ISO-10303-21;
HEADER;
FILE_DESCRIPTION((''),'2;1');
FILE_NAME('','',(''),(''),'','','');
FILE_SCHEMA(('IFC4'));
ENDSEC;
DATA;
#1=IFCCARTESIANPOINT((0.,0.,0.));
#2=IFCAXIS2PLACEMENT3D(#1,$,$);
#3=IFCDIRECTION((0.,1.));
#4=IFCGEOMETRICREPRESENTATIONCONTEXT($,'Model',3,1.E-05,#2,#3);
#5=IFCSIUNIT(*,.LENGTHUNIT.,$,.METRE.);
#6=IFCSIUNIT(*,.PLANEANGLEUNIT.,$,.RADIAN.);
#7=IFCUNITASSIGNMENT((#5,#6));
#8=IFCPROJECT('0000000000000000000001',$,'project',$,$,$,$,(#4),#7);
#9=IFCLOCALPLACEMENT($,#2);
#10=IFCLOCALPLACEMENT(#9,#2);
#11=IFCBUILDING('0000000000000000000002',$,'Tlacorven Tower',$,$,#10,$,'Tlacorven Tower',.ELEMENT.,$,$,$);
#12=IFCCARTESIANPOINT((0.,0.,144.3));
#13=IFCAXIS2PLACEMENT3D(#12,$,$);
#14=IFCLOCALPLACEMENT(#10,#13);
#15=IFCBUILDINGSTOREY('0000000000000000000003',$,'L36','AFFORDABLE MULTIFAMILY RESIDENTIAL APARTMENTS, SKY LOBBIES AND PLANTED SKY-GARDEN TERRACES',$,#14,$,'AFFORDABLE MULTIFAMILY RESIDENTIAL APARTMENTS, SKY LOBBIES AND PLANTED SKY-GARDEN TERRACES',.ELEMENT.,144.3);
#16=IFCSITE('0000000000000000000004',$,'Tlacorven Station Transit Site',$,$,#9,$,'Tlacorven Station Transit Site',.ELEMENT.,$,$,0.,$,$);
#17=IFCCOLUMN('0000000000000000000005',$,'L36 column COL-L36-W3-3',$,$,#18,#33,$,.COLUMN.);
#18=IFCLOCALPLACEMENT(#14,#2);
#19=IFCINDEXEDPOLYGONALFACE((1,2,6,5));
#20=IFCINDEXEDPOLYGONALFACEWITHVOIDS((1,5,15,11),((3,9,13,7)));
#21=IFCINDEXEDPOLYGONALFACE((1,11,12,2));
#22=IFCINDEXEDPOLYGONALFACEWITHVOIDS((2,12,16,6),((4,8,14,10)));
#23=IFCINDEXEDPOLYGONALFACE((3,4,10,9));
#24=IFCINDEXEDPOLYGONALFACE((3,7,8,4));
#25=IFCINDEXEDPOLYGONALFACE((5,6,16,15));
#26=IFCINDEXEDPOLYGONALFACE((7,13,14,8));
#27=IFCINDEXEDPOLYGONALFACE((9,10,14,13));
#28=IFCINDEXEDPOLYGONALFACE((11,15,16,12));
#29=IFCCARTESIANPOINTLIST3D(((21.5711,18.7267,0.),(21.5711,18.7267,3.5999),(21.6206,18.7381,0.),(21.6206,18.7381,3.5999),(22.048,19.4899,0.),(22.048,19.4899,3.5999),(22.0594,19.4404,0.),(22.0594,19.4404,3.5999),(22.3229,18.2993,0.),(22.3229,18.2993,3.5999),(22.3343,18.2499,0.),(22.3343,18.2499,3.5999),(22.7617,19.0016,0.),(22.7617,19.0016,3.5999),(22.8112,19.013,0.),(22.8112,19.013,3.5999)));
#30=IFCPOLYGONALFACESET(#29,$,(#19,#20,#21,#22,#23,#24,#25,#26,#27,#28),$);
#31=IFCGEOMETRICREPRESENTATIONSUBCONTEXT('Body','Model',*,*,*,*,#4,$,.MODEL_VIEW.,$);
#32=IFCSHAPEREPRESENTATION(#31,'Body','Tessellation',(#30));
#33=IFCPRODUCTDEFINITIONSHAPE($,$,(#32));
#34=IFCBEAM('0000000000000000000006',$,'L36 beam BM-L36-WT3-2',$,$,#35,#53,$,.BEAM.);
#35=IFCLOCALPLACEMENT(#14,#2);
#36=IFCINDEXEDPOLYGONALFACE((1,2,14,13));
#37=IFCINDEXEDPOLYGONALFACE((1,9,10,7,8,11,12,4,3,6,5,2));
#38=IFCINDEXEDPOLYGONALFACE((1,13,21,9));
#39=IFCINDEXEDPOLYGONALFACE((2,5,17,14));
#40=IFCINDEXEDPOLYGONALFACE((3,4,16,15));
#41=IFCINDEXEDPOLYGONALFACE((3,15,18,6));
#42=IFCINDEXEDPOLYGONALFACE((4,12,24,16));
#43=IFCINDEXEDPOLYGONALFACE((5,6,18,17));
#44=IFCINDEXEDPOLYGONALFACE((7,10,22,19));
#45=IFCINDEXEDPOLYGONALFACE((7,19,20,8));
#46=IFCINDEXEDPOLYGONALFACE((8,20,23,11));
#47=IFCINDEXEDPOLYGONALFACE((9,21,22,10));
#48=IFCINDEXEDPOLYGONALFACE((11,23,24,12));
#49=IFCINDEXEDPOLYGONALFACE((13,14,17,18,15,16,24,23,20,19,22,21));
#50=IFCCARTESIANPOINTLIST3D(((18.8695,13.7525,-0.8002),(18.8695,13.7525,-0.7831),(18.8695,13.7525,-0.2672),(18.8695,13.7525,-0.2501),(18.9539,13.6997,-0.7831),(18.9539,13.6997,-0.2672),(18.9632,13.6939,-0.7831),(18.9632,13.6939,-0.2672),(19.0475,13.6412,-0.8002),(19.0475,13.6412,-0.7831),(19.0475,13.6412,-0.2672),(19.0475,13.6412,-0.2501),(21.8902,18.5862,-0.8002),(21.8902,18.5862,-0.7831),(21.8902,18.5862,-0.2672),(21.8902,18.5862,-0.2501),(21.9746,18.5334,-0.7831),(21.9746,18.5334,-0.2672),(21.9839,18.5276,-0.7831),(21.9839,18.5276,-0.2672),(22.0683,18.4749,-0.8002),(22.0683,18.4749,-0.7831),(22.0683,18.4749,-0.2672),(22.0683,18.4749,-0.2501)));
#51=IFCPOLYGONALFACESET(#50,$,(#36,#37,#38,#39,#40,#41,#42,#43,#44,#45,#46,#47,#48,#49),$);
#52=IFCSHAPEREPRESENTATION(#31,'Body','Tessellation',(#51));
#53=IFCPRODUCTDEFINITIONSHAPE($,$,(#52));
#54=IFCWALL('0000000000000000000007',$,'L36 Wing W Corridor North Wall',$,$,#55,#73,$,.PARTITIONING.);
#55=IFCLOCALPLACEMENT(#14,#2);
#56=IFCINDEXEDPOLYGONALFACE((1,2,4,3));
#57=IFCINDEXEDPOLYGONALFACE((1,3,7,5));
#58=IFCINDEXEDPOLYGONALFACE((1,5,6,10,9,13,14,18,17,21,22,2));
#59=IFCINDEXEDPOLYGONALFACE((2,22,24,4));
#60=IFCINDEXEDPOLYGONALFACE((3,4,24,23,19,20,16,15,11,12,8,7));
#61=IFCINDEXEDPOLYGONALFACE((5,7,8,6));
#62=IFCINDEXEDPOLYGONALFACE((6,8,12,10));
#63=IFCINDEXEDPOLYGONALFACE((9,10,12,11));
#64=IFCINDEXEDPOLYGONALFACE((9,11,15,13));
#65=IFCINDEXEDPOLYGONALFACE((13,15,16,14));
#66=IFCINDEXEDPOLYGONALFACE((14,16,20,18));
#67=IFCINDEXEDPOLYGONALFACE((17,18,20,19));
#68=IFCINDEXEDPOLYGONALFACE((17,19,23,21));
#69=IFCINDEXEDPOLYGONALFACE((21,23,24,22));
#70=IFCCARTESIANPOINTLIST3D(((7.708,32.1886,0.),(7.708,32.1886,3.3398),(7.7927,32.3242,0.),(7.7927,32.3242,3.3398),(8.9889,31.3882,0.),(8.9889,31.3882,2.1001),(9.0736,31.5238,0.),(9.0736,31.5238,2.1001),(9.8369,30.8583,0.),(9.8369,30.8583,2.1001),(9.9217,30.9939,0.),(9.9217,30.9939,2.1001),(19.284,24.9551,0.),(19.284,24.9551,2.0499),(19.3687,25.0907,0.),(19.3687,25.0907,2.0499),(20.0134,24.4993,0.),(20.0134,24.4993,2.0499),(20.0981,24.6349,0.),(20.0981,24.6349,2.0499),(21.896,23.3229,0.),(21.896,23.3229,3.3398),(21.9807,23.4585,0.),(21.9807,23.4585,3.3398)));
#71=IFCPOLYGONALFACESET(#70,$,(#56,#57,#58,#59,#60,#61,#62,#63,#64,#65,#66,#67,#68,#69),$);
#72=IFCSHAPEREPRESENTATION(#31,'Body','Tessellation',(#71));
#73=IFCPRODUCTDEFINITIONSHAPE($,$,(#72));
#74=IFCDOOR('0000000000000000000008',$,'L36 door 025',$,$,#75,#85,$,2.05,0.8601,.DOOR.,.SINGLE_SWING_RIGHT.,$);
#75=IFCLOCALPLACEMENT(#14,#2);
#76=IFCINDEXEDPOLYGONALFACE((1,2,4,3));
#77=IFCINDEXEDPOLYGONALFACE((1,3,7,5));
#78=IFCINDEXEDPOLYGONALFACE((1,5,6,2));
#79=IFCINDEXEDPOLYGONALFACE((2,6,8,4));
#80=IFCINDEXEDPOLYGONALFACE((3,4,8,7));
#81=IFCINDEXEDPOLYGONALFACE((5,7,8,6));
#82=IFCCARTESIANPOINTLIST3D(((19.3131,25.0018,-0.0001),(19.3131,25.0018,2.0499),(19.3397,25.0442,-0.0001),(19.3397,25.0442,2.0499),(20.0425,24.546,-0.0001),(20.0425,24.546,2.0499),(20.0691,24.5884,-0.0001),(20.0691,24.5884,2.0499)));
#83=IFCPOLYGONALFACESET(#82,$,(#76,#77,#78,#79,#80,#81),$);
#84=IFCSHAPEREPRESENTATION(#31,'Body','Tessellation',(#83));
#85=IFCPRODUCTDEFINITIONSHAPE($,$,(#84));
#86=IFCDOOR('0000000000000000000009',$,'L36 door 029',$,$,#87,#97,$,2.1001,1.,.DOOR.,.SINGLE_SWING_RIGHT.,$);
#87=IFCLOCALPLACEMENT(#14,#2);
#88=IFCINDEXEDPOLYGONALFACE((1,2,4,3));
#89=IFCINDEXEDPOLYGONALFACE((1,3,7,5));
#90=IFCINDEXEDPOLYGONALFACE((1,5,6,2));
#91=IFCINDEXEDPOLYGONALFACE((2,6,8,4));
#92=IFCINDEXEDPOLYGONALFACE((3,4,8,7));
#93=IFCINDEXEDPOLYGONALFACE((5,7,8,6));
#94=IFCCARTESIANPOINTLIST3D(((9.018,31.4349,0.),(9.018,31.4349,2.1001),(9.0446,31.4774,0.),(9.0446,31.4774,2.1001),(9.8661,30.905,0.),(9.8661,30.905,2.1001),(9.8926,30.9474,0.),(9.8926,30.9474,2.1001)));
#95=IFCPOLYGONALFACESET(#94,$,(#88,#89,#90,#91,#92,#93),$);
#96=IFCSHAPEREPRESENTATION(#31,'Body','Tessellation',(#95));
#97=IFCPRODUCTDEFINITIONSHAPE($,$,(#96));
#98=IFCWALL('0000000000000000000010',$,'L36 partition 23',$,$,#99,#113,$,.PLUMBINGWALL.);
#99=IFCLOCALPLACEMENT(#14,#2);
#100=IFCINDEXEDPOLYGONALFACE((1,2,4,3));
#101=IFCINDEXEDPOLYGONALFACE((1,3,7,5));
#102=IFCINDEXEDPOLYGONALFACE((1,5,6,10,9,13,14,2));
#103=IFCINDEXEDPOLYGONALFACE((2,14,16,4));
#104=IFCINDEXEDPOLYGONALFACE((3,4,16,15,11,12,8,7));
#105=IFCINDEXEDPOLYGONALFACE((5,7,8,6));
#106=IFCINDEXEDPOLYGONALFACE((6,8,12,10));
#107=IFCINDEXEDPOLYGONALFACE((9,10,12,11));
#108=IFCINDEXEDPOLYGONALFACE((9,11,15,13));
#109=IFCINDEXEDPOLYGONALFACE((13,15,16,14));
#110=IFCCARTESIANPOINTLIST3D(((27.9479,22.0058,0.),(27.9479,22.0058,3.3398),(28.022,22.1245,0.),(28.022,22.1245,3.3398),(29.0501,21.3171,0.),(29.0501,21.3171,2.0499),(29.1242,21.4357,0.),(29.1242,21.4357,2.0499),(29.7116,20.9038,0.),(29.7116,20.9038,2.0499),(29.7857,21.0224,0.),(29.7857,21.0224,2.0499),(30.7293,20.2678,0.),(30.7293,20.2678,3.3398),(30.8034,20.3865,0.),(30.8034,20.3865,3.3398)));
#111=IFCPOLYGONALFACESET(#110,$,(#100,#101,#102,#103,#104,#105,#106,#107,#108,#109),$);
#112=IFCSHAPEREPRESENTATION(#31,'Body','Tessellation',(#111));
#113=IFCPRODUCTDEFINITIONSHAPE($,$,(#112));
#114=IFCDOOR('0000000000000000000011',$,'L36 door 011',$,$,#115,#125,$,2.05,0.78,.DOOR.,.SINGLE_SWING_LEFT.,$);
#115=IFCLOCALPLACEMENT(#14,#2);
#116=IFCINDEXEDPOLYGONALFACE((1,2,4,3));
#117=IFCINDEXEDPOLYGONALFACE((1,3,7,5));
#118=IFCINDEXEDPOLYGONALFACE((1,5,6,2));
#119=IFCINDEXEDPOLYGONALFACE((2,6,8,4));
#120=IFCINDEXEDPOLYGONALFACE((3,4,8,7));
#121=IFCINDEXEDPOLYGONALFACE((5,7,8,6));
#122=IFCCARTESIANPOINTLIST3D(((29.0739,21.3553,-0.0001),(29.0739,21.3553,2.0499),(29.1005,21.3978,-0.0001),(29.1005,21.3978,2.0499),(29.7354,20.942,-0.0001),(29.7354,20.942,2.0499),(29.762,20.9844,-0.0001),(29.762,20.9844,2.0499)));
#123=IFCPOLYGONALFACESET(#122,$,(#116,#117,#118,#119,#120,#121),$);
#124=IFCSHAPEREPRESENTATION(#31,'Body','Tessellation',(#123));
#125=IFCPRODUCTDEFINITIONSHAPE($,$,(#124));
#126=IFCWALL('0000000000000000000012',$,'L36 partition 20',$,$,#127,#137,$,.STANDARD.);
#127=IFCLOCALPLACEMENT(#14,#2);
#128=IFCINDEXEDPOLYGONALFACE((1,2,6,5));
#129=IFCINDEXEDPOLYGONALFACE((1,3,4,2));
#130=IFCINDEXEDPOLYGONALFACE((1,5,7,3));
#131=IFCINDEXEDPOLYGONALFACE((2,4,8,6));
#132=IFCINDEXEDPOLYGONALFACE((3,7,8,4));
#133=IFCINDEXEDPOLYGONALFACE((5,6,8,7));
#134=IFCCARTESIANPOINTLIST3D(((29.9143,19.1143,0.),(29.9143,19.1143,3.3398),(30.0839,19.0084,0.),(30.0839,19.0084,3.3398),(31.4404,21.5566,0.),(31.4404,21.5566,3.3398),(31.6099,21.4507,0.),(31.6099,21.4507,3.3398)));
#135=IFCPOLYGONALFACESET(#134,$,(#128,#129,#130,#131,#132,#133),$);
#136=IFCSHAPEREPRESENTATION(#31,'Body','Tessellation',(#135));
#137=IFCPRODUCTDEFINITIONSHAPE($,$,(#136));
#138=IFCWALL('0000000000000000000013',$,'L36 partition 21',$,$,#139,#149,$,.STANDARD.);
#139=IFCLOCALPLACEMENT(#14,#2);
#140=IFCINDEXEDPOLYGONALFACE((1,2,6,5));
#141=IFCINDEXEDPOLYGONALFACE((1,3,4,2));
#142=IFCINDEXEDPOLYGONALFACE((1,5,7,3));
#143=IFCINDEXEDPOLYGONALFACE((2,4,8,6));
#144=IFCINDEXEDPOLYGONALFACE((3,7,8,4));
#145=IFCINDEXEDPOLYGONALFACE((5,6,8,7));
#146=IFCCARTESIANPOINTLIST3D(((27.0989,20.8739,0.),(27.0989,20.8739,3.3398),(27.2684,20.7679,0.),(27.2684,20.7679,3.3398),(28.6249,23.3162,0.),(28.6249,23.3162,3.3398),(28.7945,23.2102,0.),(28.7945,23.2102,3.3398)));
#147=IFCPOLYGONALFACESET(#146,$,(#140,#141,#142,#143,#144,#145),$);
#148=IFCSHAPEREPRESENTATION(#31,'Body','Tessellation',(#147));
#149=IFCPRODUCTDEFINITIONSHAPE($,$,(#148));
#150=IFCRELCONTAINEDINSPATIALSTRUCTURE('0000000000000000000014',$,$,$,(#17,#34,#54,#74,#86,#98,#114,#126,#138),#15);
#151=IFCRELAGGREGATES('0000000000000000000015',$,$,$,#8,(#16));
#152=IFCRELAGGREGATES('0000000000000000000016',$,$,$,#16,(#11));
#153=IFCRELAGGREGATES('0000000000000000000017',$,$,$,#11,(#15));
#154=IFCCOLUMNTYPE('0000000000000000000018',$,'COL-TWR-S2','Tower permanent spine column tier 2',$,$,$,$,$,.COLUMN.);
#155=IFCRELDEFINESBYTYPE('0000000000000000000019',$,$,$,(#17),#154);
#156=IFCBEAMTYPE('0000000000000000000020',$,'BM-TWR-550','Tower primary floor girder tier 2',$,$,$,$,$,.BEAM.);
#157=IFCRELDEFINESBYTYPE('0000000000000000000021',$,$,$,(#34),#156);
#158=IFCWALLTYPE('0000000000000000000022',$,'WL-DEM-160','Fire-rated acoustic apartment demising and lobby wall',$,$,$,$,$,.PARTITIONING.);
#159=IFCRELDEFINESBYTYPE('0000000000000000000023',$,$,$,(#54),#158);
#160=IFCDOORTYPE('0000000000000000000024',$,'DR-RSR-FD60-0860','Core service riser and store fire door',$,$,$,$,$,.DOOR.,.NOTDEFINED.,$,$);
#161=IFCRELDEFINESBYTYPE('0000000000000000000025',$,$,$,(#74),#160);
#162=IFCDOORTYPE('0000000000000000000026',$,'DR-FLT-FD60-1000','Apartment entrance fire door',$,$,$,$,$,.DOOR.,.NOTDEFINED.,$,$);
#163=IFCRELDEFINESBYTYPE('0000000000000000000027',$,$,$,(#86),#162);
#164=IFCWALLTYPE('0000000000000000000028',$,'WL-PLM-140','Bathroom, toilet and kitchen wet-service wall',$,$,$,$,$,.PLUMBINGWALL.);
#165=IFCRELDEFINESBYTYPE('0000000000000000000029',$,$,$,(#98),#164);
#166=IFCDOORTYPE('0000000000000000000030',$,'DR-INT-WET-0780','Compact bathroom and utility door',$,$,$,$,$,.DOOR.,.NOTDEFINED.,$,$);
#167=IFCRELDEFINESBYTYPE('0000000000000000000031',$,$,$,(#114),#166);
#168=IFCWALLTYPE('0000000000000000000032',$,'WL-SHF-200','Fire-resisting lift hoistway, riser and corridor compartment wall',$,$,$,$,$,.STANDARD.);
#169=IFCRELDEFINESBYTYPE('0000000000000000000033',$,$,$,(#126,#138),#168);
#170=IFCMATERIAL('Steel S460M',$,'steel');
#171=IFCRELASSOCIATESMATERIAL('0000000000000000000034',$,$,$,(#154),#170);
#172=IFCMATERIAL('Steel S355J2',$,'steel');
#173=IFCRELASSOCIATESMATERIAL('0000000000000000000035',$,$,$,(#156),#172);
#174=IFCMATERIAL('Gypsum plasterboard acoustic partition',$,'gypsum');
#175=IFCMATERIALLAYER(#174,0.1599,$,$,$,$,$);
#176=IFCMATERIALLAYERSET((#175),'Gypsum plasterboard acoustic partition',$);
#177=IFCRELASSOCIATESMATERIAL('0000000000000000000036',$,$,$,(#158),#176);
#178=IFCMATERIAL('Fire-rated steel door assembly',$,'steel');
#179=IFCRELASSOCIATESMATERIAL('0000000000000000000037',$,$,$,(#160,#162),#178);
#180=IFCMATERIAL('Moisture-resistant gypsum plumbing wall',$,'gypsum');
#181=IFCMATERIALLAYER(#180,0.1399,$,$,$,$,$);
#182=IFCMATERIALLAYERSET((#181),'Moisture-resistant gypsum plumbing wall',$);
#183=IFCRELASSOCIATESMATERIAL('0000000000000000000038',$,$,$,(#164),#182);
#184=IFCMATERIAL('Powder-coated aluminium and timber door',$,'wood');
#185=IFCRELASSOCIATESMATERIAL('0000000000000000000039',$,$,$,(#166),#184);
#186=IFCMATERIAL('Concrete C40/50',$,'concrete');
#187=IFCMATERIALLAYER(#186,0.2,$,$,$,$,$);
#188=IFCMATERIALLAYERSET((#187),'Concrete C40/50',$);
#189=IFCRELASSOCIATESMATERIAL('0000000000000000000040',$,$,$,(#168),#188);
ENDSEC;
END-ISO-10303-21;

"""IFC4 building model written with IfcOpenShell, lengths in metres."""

from ifc_helpers import new_model, si_unit, direction, frame, frame_2d, origin, origin_2d, place, context, subcontext, project, spatial, rectangle, hollow_rectangle, i_section, extrude, source, transform, mapped, material, layer, layer_set, material_profile, profile_set, type_object, element, fill, save


model = new_model("IFC4")

# Units and contexts
model_context = context("Model", 3, precision=1e-05, world=origin(), true_north=direction((0.0, 1.0)))
body_context = subcontext(model_context, "Body", "Model", "MODEL_VIEW")
ifc_project = project(units=[si_unit("LENGTHUNIT", "METRE"), si_unit("PLANEANGLEUNIT", "RADIAN")], contexts=[model_context])

# Site, building, storey
site_placement = place(None, origin())
site = spatial("IfcSite", under=ifc_project, at=site_placement, Name="Tlacorven Station Transit Site", LongName="Tlacorven Station Transit Site", CompositionType="ELEMENT", RefElevation=0.0)
building_placement = place(site_placement, origin())
building = spatial("IfcBuilding", under=site, at=building_placement, Name="Tlacorven Tower", LongName="Tlacorven Tower", CompositionType="ELEMENT")
storey_placement = place(building_placement, frame((0.0, 0.0, 144.3)))
storey = spatial("IfcBuildingStorey", under=building, at=storey_placement, Name="L36", Description="AFFORDABLE MULTIFAMILY RESIDENTIAL APARTMENTS, SKY LOBBIES AND PLANTED SKY-GARDEN TERRACES", LongName="AFFORDABLE MULTIFAMILY RESIDENTIAL APARTMENTS, SKY LOBBIES AND PLANTED SKY-GARDEN TERRACES", CompositionType="ELEMENT", Elevation=144.3)

# Column
ifc_material_1 = material(Name="Steel S460M", Category="steel")
ifc_material_profile_1 = material_profile(ifc_material_1, hollow_rectangle(XDim=0.8999, YDim=0.8999, WallThickness=0.0359, at=origin_2d()), Name="BOX 900X900X36")
ifc_profile_set_1 = profile_set([ifc_material_profile_1], Name="Steel S460M")
column_type = type_object("IfcColumnType", Name="COL-TWR-S2", Description="Tower permanent spine column tier 2", PredefinedType="COLUMN", material=ifc_profile_set_1)
shared_shape_1 = source(origin(), body_context, "Body", "SweptSolid", [
    extrude(hollow_rectangle(XDim=0.8999, YDim=0.8999, WallThickness=0.0359, at=origin_2d()), origin(), (0.0, 0.0, 1.0), 3.5999),
])
column_placement = place(storey_placement, frame((22.1912, 18.8699, 0.0), z_axis=(0.0, 0.0, 1.0), x_axis=(-0.848048, 0.529919, 0.0)))
element("IfcColumn", 1, at=column_placement, inside=storey, type_object=column_type, Name="L36 column COL-L36-W3-3", PredefinedType="COLUMN", context=body_context, shape_type="MappedRepresentation", body=[
    mapped(shared_shape_1, transform((0.0, 0.0, 0.0), scale=1.0)),
])

# Beam
ifc_material_2 = material(Name="Steel S355J2", Category="steel")
ifc_material_profile_2 = material_profile(ifc_material_2, i_section(OverallWidth=0.21, OverallDepth=0.55, WebThickness=0.011, FlangeThickness=0.0171, at=origin_2d()), Name="IPE 550")
ifc_profile_set_2 = profile_set([ifc_material_profile_2], Name="Steel S355J2")
beam_type = type_object("IfcBeamType", Name="BM-TWR-550", Description="Tower primary floor girder tier 2", PredefinedType="BEAM", material=ifc_profile_set_2)
shared_shape_2 = source(origin(), body_context, "Body", "SweptSolid", [
    extrude(i_section(OverallWidth=0.21, OverallDepth=0.55, WebThickness=0.011, FlangeThickness=0.0171, at=origin_2d()), origin(), (0.0, 0.0, 1.0), 5.7),
])
beam_placement = place(storey_placement, frame((21.9792, 18.5305, -0.5251), z_axis=(-0.529957, -0.848025, 0.0), x_axis=(0.848025, -0.529957, 0.0)))
element("IfcBeam", 2, at=beam_placement, inside=storey, type_object=beam_type, Name="L36 beam BM-L36-WT3-2", PredefinedType="BEAM", context=body_context, shape_type="MappedRepresentation", body=[
    mapped(shared_shape_2, transform((0.0, 0.0, 0.0), scale=1.0)),
])

# Wall, openings, doors
ifc_material_3 = material(Name="Gypsum plasterboard acoustic partition", Category="gypsum")
ifc_layer_1 = layer(ifc_material_3, 0.1599)
ifc_layer_set_1 = layer_set([ifc_layer_1], Name="Gypsum plasterboard acoustic partition")
wall_type_1 = type_object("IfcWallType", Name="WL-DEM-160", Description="Fire-rated acoustic apartment demising and lobby wall", PredefinedType="PARTITIONING", material=ifc_layer_set_1)
wall_1_placement = place(storey_placement, frame((21.9385, 23.3906, 0.0), z_axis=(0.0, 0.0, 1.0), x_axis=(-0.848046, 0.529923, 0.0)))
wall_1 = element("IfcWall", 3, at=wall_1_placement, inside=storey, type_object=wall_type_1, Name="L36 Wing W Corridor North Wall", PredefinedType="PARTITIONING", context=body_context, shape_type="SweptSolid", body=[
    extrude(rectangle(XDim=16.7302, YDim=0.1599, at=frame_2d((8.3652, 0.0))), origin(), (0.0, 0.0, 1.0), 3.3398),
])
opening_1_placement = place(wall_1_placement, frame((2.22, 0.0, 0.0)))
opening_1 = element("IfcOpeningElement", 4, at=opening_1_placement, cuts=wall_1, PredefinedType="OPENING", context=body_context, shape_type="SweptSolid", body=[
    extrude(rectangle(XDim=0.8601, YDim=2.05, at=frame_2d((0.4302, 1.0249))), frame((0.0, 0.0898, 0.0), z_axis=(0.0, -1.0, 0.0), x_axis=(1.0, 0.0, 0.0)), (0.0, 0.0, 1.0), 0.1799),
])
opening_2_placement = place(wall_1_placement, frame((14.22, 0.0, 0.0)))
opening_2 = element("IfcOpeningElement", 5, at=opening_2_placement, cuts=wall_1, PredefinedType="OPENING", context=body_context, shape_type="SweptSolid", body=[
    extrude(rectangle(XDim=1.0, YDim=2.1001, at=frame_2d((0.5, 1.05))), frame((0.0, 0.0898, 0.0), z_axis=(0.0, -1.0, 0.0), x_axis=(1.0, 0.0, 0.0)), (0.0, 0.0, 1.0), 0.1799),
])
ifc_material_4 = material(Name="Fire-rated steel door assembly", Category="steel")
door_type_1 = type_object("IfcDoorType", Name="DR-RSR-FD60-0860", Description="Core service riser and store fire door", OperationType="NOTDEFINED", PredefinedType="DOOR", material=ifc_material_4)
shared_shape_3 = source(origin(), body_context, "Body", "SweptSolid", [
    extrude(rectangle(XDim=0.8601, YDim=2.05, at=frame_2d((0.4302, 1.0249))), frame((0.0, 0.0249, 0.0), z_axis=(0.0, -1.0, 0.0), x_axis=(1.0, 0.0, 0.0)), (0.0, 0.0, 1.0), 0.05),
])
door_1_placement = place(opening_1_placement, origin())
door_1 = element("IfcDoor", 6, at=door_1_placement, inside=storey, type_object=door_type_1, Name="L36 door 025", OperationType="SINGLE_SWING_RIGHT", OverallHeight=2.05, OverallWidth=0.8601, PredefinedType="DOOR", context=body_context, shape_type="MappedRepresentation", body=[
    mapped(shared_shape_3, transform((0.0, 0.0, 0.0), scale=1.0)),
])
fill(opening_1, door_1)
door_type_2 = type_object("IfcDoorType", Name="DR-FLT-FD60-1000", Description="Apartment entrance fire door", OperationType="NOTDEFINED", PredefinedType="DOOR", material=ifc_material_4)
shared_shape_4 = source(origin(), body_context, "Body", "SweptSolid", [
    extrude(rectangle(XDim=1.0, YDim=2.1001, at=frame_2d((0.5, 1.05))), frame((0.0, 0.0249, 0.0), z_axis=(0.0, -1.0, 0.0), x_axis=(1.0, 0.0, 0.0)), (0.0, 0.0, 1.0), 0.05),
])
door_2_placement = place(opening_2_placement, origin())
door_2 = element("IfcDoor", 7, at=door_2_placement, inside=storey, type_object=door_type_2, Name="L36 door 029", OperationType="SINGLE_SWING_RIGHT", OverallHeight=2.1001, OverallWidth=1.0, PredefinedType="DOOR", context=body_context, shape_type="MappedRepresentation", body=[
    mapped(shared_shape_4, transform((0.0, 0.0, 0.0), scale=1.0)),
])
fill(opening_2, door_2)

# Wall, opening, door
ifc_material_5 = material(Name="Moisture-resistant gypsum plumbing wall", Category="gypsum")
ifc_layer_2 = layer(ifc_material_5, 0.1399)
ifc_layer_set_2 = layer_set([ifc_layer_2], Name="Moisture-resistant gypsum plumbing wall")
wall_type_2 = type_object("IfcWallType", Name="WL-PLM-140", Description="Bathroom, toilet and kitchen wet-service wall", PredefinedType="PLUMBINGWALL", material=ifc_layer_set_2)
wall_2_placement = place(storey_placement, frame((30.7664, 20.3271, 0.0), z_axis=(0.0, 0.0, 1.0), x_axis=(-0.848053, 0.529912, 0.0)))
wall_2 = element("IfcWall", 8, at=wall_2_placement, inside=storey, type_object=wall_type_2, Name="L36 partition 23", PredefinedType="PLUMBINGWALL", context=body_context, shape_type="SweptSolid", body=[
    extrude(rectangle(XDim=3.2798, YDim=0.1399, at=frame_2d((1.6399, 0.0))), origin(), (0.0, 0.0, 1.0), 3.3398),
])
opening_3_placement = place(wall_2_placement, frame((1.2, 0.0, 0.0)))
opening_3 = element("IfcOpeningElement", 9, at=opening_3_placement, cuts=wall_2, PredefinedType="OPENING", context=body_context, shape_type="SweptSolid", body=[
    extrude(rectangle(XDim=0.78, YDim=2.05, at=frame_2d((0.3901, 1.0249))), frame((0.0, 0.0801, 0.0), z_axis=(0.0, -1.0, 0.0), x_axis=(1.0, 0.0, 0.0)), (0.0, 0.0, 1.0), 0.1599),
])
ifc_material_6 = material(Name="Powder-coated aluminium and timber door", Category="wood")
door_type_3 = type_object("IfcDoorType", Name="DR-INT-WET-0780", Description="Compact bathroom and utility door", OperationType="NOTDEFINED", PredefinedType="DOOR", material=ifc_material_6)
shared_shape_5 = source(origin(), body_context, "Body", "SweptSolid", [
    extrude(rectangle(XDim=0.78, YDim=2.05, at=frame_2d((0.3901, 1.0249))), frame((0.0, 0.0249, 0.0), z_axis=(0.0, -1.0, 0.0), x_axis=(1.0, 0.0, 0.0)), (0.0, 0.0, 1.0), 0.05),
])
door_3_placement = place(opening_3_placement, origin())
door_3 = element("IfcDoor", 10, at=door_3_placement, inside=storey, type_object=door_type_3, Name="L36 door 011", OperationType="SINGLE_SWING_LEFT", OverallHeight=2.05, OverallWidth=0.78, PredefinedType="DOOR", context=body_context, shape_type="MappedRepresentation", body=[
    mapped(shared_shape_5, transform((0.0, 0.0, 0.0), scale=1.0)),
])
fill(opening_3, door_3)

# Shared definitions
ifc_material_7 = material(Name="Concrete C40/50", Category="concrete")
ifc_layer_3 = layer(ifc_material_7, 0.2)
ifc_layer_set_3 = layer_set([ifc_layer_3], Name="Concrete C40/50")
wall_type_3 = type_object("IfcWallType", Name="WL-SHF-200", Description="Fire-resisting lift hoistway, riser and corridor compartment wall", PredefinedType="STANDARD", material=ifc_layer_set_3)

# Walls
for number, where, z_axis, x_axis, name in (
    (11, (31.5251, 21.5037, 0.0), (0.0, 0.0, 1.0), (-0.529907, -0.848055, 0.0), "L36 partition 20"),
    (12, (28.7097, 23.2632, 0.0), (0.0, 0.0, 1.0), (-0.529907, -0.848055, 0.0), "L36 partition 21"),
):
    element("IfcWall", number, at=place(storey_placement, frame(where, z_axis=z_axis, x_axis=x_axis)), inside=storey, type_object=wall_type_3, Name=name, PredefinedType="STANDARD", context=body_context, shape_type="SweptSolid", body=[
        extrude(rectangle(XDim=2.8799, YDim=0.2, at=frame_2d((1.4399, 0.0))), origin(), (0.0, 0.0, 1.0), 3.3398),
    ])

save(model, "model.ifc")
